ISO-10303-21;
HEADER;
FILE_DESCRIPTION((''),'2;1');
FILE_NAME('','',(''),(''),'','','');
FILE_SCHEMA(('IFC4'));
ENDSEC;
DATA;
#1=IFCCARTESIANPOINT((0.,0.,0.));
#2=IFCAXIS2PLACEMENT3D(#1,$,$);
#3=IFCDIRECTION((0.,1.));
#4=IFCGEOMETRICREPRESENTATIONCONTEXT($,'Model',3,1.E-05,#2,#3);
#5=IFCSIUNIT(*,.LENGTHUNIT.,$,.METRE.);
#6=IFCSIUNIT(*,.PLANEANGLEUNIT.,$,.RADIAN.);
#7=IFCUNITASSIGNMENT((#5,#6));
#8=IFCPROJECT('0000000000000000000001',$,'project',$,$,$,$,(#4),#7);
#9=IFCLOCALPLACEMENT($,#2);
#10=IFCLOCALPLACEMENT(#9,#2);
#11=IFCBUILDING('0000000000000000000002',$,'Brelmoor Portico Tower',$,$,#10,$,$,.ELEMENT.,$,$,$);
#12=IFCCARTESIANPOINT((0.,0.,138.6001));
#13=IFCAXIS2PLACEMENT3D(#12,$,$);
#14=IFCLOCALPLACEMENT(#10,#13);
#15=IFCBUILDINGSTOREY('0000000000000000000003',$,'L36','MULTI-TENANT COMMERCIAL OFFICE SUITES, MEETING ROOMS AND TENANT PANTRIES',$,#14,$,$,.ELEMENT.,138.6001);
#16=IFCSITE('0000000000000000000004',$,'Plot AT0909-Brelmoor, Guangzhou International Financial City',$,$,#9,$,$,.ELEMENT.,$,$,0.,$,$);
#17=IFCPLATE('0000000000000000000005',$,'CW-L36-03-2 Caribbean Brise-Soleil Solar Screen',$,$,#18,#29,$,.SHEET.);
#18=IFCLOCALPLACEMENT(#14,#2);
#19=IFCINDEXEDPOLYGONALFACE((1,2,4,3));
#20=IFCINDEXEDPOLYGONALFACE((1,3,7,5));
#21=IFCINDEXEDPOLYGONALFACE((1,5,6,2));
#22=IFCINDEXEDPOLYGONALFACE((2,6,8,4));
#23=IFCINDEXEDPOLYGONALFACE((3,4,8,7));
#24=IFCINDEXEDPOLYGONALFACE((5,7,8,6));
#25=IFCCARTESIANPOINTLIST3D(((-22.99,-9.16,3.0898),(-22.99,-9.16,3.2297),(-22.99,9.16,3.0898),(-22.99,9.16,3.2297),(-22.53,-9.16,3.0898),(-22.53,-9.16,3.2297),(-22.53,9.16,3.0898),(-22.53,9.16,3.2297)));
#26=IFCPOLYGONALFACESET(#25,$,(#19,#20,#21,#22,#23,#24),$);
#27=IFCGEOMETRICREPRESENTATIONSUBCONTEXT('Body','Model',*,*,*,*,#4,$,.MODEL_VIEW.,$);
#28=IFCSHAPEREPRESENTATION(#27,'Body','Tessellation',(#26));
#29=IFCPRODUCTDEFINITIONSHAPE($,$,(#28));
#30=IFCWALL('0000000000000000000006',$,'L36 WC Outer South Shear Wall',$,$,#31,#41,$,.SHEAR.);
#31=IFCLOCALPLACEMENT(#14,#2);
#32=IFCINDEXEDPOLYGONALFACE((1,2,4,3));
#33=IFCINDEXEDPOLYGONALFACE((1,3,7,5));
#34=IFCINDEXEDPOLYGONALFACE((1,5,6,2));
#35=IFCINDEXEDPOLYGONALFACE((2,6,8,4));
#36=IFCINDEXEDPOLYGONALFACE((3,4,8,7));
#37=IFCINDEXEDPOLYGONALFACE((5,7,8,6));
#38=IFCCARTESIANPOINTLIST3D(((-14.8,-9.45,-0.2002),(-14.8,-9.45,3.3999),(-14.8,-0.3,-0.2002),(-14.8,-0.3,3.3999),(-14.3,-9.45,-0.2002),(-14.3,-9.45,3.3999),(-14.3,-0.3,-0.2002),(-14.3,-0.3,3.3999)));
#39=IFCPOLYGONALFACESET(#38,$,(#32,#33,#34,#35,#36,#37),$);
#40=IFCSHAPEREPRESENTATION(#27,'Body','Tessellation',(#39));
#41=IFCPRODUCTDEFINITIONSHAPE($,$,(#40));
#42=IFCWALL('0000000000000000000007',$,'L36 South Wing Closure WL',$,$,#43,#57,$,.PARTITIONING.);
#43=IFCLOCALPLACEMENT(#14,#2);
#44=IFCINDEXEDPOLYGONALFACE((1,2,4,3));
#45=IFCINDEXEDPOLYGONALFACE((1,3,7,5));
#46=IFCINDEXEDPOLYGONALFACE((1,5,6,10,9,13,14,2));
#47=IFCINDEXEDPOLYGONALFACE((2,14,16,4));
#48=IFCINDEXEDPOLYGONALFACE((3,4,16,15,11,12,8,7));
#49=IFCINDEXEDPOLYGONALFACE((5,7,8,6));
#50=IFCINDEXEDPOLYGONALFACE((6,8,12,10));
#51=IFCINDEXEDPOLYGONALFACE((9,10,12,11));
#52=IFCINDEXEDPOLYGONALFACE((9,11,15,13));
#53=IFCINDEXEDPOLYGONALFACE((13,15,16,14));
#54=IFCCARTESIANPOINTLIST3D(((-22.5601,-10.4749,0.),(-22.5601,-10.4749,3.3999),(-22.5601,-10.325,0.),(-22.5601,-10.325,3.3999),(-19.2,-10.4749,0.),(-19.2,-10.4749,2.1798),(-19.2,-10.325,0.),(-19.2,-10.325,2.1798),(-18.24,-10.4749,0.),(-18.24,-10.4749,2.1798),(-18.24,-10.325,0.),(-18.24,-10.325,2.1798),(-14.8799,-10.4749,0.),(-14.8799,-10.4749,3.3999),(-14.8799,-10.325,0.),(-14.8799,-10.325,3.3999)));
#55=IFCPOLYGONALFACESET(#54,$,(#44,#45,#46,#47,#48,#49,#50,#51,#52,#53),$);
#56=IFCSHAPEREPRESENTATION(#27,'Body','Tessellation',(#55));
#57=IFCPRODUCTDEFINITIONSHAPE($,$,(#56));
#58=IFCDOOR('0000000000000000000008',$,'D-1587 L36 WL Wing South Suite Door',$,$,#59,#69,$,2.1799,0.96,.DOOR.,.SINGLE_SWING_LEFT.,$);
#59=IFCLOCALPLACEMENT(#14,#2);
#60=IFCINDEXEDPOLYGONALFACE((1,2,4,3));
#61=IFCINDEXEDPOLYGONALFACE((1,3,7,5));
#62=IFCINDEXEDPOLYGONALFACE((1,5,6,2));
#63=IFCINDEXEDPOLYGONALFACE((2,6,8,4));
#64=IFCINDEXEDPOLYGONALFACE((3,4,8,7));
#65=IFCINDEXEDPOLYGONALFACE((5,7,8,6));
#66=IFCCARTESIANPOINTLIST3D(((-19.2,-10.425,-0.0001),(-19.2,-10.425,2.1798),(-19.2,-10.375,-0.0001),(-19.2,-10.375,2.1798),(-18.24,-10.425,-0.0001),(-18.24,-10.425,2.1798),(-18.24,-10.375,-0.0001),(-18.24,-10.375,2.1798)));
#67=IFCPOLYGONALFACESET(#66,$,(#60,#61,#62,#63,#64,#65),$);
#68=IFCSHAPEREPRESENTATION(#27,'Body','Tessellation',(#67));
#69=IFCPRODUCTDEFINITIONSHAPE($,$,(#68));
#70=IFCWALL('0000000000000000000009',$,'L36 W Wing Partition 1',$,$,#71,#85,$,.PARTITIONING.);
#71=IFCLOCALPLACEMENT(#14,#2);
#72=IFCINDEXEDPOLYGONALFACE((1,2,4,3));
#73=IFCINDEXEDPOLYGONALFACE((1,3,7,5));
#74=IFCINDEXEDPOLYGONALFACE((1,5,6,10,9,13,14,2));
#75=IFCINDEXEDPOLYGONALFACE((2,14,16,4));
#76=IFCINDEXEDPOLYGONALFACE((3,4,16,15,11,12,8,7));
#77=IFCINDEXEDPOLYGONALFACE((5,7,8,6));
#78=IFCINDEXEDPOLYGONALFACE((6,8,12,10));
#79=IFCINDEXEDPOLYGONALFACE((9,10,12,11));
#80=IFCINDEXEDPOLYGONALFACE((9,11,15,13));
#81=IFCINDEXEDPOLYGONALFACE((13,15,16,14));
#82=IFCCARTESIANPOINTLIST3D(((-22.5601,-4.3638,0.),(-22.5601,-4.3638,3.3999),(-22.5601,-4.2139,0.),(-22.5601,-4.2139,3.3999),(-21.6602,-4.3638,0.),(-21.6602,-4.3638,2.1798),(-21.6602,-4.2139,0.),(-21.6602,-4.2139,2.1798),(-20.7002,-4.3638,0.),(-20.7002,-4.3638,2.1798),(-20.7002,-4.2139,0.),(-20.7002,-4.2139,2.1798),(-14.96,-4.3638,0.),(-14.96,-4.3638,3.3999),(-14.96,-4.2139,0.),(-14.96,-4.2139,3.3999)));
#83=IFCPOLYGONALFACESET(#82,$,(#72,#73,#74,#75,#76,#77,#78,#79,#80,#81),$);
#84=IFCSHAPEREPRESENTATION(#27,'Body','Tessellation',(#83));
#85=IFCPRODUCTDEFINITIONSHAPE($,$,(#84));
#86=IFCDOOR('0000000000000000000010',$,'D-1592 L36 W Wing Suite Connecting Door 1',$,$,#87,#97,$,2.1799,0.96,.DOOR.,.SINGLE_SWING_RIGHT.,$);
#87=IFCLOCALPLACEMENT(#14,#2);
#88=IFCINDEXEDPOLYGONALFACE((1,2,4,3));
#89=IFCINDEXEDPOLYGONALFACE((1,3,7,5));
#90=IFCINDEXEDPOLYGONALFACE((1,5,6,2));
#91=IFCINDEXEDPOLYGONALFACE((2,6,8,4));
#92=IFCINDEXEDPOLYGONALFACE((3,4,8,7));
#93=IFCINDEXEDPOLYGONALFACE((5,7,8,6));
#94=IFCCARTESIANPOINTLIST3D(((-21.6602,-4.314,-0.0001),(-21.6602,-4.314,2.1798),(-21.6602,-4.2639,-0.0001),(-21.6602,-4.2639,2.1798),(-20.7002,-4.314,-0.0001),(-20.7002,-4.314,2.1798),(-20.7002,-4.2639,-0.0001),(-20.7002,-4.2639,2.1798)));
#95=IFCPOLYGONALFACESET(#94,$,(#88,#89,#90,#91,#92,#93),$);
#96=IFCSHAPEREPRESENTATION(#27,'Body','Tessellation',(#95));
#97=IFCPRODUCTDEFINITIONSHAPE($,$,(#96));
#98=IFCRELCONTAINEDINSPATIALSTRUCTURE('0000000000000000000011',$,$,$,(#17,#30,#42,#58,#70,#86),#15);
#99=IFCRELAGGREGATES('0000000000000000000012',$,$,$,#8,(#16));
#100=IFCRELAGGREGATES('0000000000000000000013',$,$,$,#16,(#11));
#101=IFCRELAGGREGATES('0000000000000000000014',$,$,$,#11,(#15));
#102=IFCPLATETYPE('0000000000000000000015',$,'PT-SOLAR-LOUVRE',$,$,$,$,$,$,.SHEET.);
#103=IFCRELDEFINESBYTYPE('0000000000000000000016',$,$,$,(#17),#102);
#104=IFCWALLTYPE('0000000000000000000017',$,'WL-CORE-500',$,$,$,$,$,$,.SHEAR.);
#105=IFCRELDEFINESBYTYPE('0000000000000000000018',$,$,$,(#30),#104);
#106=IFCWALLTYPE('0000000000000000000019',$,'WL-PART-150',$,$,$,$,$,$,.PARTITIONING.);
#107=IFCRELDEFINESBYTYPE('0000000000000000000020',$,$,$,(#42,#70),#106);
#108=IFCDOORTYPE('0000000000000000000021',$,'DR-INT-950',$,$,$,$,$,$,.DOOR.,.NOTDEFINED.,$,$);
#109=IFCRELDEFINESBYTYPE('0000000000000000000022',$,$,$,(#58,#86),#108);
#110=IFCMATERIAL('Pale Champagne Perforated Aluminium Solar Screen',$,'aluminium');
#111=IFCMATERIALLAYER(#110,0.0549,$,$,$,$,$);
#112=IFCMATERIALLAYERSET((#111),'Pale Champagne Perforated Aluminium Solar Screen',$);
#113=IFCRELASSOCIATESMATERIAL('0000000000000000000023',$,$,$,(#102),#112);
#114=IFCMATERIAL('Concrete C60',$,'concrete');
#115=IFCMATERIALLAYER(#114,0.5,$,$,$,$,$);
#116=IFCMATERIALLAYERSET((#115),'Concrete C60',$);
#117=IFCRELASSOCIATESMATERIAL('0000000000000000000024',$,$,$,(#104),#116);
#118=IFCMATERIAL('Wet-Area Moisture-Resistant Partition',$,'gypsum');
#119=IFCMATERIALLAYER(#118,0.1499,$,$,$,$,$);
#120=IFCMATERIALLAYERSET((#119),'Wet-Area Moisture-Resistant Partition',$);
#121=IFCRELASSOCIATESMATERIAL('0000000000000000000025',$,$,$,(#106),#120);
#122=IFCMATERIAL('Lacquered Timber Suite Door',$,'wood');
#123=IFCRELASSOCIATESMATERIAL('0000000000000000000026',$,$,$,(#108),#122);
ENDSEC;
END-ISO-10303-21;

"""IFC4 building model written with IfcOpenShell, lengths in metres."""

from ifc_helpers import new_model, si_unit, direction, frame, frame_2d, origin, origin_2d, place, context, subcontext, project, spatial, rectangle, extrude, material, layer, layer_set, type_object, element, fill, save


model = new_model("IFC4")

# Units and contexts
model_context = context("Model", 3, precision=1e-05, world=origin(), true_north=direction((0.0, 1.0)))
body_context = subcontext(model_context, "Body", "Model", "MODEL_VIEW")
ifc_project = project(units=[si_unit("LENGTHUNIT", "METRE"), si_unit("PLANEANGLEUNIT", "RADIAN")], contexts=[model_context])

# Site, building, storey
site_placement = place(None, origin())
site = spatial("IfcSite", under=ifc_project, at=site_placement, Name="Plot AT0909-Brelmoor, Guangzhou International Financial City", CompositionType="ELEMENT", RefElevation=0.0)
building_placement = place(site_placement, origin())
building = spatial("IfcBuilding", under=site, at=building_placement, Name="Brelmoor Portico Tower", CompositionType="ELEMENT")
storey_placement = place(building_placement, frame((0.0, 0.0, 138.6001)))
storey = spatial("IfcBuildingStorey", under=building, at=storey_placement, Name="L36", Description="MULTI-TENANT COMMERCIAL OFFICE SUITES, MEETING ROOMS AND TENANT PANTRIES", CompositionType="ELEMENT", Elevation=138.6001)

# Plate
ifc_material_1 = material(Name="Pale Champagne Perforated Aluminium Solar Screen", Category="aluminium")
ifc_layer_1 = layer(ifc_material_1, 0.0549)
ifc_layer_set_1 = layer_set([ifc_layer_1], Name="Pale Champagne Perforated Aluminium Solar Screen")
plate_type_1 = type_object("IfcPlateType", Name="PT-SOLAR-LOUVRE", PredefinedType="SHEET", material=ifc_layer_set_1)
plate_1_placement = place(storey_placement, frame((-22.76, 0.0, 3.0898), z_axis=(0.0, 0.0, 1.0), x_axis=(0.0, 1.0, 0.0)))
element("IfcPlate", 1, at=plate_1_placement, inside=storey, type_object=plate_type_1, Name="CW-L36-03-2 Caribbean Brise-Soleil Solar Screen", PredefinedType="SHEET", context=body_context, shape_type="SweptSolid", body=[
    extrude(rectangle(XDim=18.3201, YDim=0.46, at=origin_2d()), origin(), (0.0, 0.0, 1.0), 0.1399),
])

# Wall
ifc_material_2 = material(Name="Concrete C60", Category="concrete")
ifc_layer_2 = layer(ifc_material_2, 0.5)
ifc_layer_set_2 = layer_set([ifc_layer_2], Name="Concrete C60")
wall_type_1 = type_object("IfcWallType", Name="WL-CORE-500", PredefinedType="SHEAR", material=ifc_layer_set_2)
wall_1_placement = place(storey_placement, frame((-14.55, -9.45, -0.2002), z_axis=(0.0, 0.0, 1.0), x_axis=(0.0, 1.0, 0.0)))
element("IfcWall", 2, at=wall_1_placement, inside=storey, type_object=wall_type_1, Name="L36 WC Outer South Shear Wall", PredefinedType="SHEAR", context=body_context, shape_type="SweptSolid", body=[
    extrude(rectangle(XDim=9.1499, YDim=0.5, at=frame_2d((4.575, 0.0))), origin(), (0.0, 0.0, 1.0), 3.6001),
])

# Walls, openings, doors
ifc_material_3 = material(Name="Wet-Area Moisture-Resistant Partition", Category="gypsum")
ifc_layer_3 = layer(ifc_material_3, 0.1499)
ifc_layer_set_3 = layer_set([ifc_layer_3], Name="Wet-Area Moisture-Resistant Partition")
wall_type_2 = type_object("IfcWallType", Name="WL-PART-150", PredefinedType="PARTITIONING", material=ifc_layer_set_3)
wall_2_placement = place(storey_placement, frame((-22.5601, -10.3999, 0.0), z_axis=(0.0, 0.0, 1.0), x_axis=(1.0, 0.0, 0.0)))
wall_2 = element("IfcWall", 3, at=wall_2_placement, inside=storey, type_object=wall_type_2, Name="L36 South Wing Closure WL", PredefinedType="PARTITIONING", context=body_context, shape_type="SweptSolid", body=[
    extrude(rectangle(XDim=7.6802, YDim=0.1499, at=frame_2d((3.8401, 0.0))), origin(), (0.0, 0.0, 1.0), 3.3999),
])
opening_1_placement = place(wall_2_placement, frame((3.3601, 0.0, 0.0)))
opening_1 = element("IfcOpeningElement", 4, at=opening_1_placement, cuts=wall_2, PredefinedType="OPENING", context=body_context, shape_type="SweptSolid", body=[
    extrude(rectangle(XDim=0.96, YDim=2.1799, at=frame_2d((0.48, 1.0898))), frame((0.0, 0.085, 0.0), z_axis=(0.0, -1.0, 0.0), x_axis=(1.0, 0.0, 0.0)), (0.0, 0.0, 1.0), 0.1699),
])
ifc_material_4 = material(Name="Lacquered Timber Suite Door", Category="wood")
door_type = type_object("IfcDoorType", Name="DR-INT-950", OperationType="NOTDEFINED", PredefinedType="DOOR", material=ifc_material_4)
door_1_placement = place(opening_1_placement, origin())
door_1 = element("IfcDoor", 5, at=door_1_placement, inside=storey, type_object=door_type, Name="D-1587 L36 WL Wing South Suite Door", OperationType="SINGLE_SWING_LEFT", OverallHeight=2.1799, OverallWidth=0.96, PredefinedType="DOOR", context=body_context, shape_type="SweptSolid", body=[
    extrude(rectangle(XDim=0.96, YDim=2.1799, at=frame_2d((0.48, 1.0898))), frame((0.0, 0.0249, 0.0), z_axis=(0.0, -1.0, 0.0), x_axis=(1.0, 0.0, 0.0)), (0.0, 0.0, 1.0), 0.05),
])
fill(opening_1, door_1)
wall_3_placement = place(storey_placement, frame((-22.5601, -4.2888, 0.0), z_axis=(0.0, 0.0, 1.0), x_axis=(1.0, 0.0, 0.0)))
wall_3 = element("IfcWall", 6, at=wall_3_placement, inside=storey, type_object=wall_type_2, Name="L36 W Wing Partition 1", PredefinedType="PARTITIONING", context=body_context, shape_type="SweptSolid", body=[
    extrude(rectangle(XDim=7.6001, YDim=0.1499, at=frame_2d((3.8, 0.0))), origin(), (0.0, 0.0, 1.0), 3.3999),
])
opening_2_placement = place(wall_3_placement, frame((0.8999, 0.0, 0.0)))
opening_2 = element("IfcOpeningElement", 7, at=opening_2_placement, cuts=wall_3, PredefinedType="OPENING", context=body_context, shape_type="SweptSolid", body=[
    extrude(rectangle(XDim=0.96, YDim=2.1799, at=frame_2d((0.48, 1.0898))), frame((0.0, 0.085, 0.0), z_axis=(0.0, -1.0, 0.0), x_axis=(1.0, 0.0, 0.0)), (0.0, 0.0, 1.0), 0.1699),
])
door_2_placement = place(opening_2_placement, origin())
door_2 = element("IfcDoor", 8, at=door_2_placement, inside=storey, type_object=door_type, Name="D-1592 L36 W Wing Suite Connecting Door 1", OperationType="SINGLE_SWING_RIGHT", OverallHeight=2.1799, OverallWidth=0.96, PredefinedType="DOOR", context=body_context, shape_type="SweptSolid", body=[
    extrude(rectangle(XDim=0.96, YDim=2.1799, at=frame_2d((0.48, 1.0898))), frame((0.0, 0.0249, 0.0), z_axis=(0.0, -1.0, 0.0), x_axis=(1.0, 0.0, 0.0)), (0.0, 0.0, 1.0), 0.05),
])
fill(opening_2, door_2)

save(model, "model.ifc")
